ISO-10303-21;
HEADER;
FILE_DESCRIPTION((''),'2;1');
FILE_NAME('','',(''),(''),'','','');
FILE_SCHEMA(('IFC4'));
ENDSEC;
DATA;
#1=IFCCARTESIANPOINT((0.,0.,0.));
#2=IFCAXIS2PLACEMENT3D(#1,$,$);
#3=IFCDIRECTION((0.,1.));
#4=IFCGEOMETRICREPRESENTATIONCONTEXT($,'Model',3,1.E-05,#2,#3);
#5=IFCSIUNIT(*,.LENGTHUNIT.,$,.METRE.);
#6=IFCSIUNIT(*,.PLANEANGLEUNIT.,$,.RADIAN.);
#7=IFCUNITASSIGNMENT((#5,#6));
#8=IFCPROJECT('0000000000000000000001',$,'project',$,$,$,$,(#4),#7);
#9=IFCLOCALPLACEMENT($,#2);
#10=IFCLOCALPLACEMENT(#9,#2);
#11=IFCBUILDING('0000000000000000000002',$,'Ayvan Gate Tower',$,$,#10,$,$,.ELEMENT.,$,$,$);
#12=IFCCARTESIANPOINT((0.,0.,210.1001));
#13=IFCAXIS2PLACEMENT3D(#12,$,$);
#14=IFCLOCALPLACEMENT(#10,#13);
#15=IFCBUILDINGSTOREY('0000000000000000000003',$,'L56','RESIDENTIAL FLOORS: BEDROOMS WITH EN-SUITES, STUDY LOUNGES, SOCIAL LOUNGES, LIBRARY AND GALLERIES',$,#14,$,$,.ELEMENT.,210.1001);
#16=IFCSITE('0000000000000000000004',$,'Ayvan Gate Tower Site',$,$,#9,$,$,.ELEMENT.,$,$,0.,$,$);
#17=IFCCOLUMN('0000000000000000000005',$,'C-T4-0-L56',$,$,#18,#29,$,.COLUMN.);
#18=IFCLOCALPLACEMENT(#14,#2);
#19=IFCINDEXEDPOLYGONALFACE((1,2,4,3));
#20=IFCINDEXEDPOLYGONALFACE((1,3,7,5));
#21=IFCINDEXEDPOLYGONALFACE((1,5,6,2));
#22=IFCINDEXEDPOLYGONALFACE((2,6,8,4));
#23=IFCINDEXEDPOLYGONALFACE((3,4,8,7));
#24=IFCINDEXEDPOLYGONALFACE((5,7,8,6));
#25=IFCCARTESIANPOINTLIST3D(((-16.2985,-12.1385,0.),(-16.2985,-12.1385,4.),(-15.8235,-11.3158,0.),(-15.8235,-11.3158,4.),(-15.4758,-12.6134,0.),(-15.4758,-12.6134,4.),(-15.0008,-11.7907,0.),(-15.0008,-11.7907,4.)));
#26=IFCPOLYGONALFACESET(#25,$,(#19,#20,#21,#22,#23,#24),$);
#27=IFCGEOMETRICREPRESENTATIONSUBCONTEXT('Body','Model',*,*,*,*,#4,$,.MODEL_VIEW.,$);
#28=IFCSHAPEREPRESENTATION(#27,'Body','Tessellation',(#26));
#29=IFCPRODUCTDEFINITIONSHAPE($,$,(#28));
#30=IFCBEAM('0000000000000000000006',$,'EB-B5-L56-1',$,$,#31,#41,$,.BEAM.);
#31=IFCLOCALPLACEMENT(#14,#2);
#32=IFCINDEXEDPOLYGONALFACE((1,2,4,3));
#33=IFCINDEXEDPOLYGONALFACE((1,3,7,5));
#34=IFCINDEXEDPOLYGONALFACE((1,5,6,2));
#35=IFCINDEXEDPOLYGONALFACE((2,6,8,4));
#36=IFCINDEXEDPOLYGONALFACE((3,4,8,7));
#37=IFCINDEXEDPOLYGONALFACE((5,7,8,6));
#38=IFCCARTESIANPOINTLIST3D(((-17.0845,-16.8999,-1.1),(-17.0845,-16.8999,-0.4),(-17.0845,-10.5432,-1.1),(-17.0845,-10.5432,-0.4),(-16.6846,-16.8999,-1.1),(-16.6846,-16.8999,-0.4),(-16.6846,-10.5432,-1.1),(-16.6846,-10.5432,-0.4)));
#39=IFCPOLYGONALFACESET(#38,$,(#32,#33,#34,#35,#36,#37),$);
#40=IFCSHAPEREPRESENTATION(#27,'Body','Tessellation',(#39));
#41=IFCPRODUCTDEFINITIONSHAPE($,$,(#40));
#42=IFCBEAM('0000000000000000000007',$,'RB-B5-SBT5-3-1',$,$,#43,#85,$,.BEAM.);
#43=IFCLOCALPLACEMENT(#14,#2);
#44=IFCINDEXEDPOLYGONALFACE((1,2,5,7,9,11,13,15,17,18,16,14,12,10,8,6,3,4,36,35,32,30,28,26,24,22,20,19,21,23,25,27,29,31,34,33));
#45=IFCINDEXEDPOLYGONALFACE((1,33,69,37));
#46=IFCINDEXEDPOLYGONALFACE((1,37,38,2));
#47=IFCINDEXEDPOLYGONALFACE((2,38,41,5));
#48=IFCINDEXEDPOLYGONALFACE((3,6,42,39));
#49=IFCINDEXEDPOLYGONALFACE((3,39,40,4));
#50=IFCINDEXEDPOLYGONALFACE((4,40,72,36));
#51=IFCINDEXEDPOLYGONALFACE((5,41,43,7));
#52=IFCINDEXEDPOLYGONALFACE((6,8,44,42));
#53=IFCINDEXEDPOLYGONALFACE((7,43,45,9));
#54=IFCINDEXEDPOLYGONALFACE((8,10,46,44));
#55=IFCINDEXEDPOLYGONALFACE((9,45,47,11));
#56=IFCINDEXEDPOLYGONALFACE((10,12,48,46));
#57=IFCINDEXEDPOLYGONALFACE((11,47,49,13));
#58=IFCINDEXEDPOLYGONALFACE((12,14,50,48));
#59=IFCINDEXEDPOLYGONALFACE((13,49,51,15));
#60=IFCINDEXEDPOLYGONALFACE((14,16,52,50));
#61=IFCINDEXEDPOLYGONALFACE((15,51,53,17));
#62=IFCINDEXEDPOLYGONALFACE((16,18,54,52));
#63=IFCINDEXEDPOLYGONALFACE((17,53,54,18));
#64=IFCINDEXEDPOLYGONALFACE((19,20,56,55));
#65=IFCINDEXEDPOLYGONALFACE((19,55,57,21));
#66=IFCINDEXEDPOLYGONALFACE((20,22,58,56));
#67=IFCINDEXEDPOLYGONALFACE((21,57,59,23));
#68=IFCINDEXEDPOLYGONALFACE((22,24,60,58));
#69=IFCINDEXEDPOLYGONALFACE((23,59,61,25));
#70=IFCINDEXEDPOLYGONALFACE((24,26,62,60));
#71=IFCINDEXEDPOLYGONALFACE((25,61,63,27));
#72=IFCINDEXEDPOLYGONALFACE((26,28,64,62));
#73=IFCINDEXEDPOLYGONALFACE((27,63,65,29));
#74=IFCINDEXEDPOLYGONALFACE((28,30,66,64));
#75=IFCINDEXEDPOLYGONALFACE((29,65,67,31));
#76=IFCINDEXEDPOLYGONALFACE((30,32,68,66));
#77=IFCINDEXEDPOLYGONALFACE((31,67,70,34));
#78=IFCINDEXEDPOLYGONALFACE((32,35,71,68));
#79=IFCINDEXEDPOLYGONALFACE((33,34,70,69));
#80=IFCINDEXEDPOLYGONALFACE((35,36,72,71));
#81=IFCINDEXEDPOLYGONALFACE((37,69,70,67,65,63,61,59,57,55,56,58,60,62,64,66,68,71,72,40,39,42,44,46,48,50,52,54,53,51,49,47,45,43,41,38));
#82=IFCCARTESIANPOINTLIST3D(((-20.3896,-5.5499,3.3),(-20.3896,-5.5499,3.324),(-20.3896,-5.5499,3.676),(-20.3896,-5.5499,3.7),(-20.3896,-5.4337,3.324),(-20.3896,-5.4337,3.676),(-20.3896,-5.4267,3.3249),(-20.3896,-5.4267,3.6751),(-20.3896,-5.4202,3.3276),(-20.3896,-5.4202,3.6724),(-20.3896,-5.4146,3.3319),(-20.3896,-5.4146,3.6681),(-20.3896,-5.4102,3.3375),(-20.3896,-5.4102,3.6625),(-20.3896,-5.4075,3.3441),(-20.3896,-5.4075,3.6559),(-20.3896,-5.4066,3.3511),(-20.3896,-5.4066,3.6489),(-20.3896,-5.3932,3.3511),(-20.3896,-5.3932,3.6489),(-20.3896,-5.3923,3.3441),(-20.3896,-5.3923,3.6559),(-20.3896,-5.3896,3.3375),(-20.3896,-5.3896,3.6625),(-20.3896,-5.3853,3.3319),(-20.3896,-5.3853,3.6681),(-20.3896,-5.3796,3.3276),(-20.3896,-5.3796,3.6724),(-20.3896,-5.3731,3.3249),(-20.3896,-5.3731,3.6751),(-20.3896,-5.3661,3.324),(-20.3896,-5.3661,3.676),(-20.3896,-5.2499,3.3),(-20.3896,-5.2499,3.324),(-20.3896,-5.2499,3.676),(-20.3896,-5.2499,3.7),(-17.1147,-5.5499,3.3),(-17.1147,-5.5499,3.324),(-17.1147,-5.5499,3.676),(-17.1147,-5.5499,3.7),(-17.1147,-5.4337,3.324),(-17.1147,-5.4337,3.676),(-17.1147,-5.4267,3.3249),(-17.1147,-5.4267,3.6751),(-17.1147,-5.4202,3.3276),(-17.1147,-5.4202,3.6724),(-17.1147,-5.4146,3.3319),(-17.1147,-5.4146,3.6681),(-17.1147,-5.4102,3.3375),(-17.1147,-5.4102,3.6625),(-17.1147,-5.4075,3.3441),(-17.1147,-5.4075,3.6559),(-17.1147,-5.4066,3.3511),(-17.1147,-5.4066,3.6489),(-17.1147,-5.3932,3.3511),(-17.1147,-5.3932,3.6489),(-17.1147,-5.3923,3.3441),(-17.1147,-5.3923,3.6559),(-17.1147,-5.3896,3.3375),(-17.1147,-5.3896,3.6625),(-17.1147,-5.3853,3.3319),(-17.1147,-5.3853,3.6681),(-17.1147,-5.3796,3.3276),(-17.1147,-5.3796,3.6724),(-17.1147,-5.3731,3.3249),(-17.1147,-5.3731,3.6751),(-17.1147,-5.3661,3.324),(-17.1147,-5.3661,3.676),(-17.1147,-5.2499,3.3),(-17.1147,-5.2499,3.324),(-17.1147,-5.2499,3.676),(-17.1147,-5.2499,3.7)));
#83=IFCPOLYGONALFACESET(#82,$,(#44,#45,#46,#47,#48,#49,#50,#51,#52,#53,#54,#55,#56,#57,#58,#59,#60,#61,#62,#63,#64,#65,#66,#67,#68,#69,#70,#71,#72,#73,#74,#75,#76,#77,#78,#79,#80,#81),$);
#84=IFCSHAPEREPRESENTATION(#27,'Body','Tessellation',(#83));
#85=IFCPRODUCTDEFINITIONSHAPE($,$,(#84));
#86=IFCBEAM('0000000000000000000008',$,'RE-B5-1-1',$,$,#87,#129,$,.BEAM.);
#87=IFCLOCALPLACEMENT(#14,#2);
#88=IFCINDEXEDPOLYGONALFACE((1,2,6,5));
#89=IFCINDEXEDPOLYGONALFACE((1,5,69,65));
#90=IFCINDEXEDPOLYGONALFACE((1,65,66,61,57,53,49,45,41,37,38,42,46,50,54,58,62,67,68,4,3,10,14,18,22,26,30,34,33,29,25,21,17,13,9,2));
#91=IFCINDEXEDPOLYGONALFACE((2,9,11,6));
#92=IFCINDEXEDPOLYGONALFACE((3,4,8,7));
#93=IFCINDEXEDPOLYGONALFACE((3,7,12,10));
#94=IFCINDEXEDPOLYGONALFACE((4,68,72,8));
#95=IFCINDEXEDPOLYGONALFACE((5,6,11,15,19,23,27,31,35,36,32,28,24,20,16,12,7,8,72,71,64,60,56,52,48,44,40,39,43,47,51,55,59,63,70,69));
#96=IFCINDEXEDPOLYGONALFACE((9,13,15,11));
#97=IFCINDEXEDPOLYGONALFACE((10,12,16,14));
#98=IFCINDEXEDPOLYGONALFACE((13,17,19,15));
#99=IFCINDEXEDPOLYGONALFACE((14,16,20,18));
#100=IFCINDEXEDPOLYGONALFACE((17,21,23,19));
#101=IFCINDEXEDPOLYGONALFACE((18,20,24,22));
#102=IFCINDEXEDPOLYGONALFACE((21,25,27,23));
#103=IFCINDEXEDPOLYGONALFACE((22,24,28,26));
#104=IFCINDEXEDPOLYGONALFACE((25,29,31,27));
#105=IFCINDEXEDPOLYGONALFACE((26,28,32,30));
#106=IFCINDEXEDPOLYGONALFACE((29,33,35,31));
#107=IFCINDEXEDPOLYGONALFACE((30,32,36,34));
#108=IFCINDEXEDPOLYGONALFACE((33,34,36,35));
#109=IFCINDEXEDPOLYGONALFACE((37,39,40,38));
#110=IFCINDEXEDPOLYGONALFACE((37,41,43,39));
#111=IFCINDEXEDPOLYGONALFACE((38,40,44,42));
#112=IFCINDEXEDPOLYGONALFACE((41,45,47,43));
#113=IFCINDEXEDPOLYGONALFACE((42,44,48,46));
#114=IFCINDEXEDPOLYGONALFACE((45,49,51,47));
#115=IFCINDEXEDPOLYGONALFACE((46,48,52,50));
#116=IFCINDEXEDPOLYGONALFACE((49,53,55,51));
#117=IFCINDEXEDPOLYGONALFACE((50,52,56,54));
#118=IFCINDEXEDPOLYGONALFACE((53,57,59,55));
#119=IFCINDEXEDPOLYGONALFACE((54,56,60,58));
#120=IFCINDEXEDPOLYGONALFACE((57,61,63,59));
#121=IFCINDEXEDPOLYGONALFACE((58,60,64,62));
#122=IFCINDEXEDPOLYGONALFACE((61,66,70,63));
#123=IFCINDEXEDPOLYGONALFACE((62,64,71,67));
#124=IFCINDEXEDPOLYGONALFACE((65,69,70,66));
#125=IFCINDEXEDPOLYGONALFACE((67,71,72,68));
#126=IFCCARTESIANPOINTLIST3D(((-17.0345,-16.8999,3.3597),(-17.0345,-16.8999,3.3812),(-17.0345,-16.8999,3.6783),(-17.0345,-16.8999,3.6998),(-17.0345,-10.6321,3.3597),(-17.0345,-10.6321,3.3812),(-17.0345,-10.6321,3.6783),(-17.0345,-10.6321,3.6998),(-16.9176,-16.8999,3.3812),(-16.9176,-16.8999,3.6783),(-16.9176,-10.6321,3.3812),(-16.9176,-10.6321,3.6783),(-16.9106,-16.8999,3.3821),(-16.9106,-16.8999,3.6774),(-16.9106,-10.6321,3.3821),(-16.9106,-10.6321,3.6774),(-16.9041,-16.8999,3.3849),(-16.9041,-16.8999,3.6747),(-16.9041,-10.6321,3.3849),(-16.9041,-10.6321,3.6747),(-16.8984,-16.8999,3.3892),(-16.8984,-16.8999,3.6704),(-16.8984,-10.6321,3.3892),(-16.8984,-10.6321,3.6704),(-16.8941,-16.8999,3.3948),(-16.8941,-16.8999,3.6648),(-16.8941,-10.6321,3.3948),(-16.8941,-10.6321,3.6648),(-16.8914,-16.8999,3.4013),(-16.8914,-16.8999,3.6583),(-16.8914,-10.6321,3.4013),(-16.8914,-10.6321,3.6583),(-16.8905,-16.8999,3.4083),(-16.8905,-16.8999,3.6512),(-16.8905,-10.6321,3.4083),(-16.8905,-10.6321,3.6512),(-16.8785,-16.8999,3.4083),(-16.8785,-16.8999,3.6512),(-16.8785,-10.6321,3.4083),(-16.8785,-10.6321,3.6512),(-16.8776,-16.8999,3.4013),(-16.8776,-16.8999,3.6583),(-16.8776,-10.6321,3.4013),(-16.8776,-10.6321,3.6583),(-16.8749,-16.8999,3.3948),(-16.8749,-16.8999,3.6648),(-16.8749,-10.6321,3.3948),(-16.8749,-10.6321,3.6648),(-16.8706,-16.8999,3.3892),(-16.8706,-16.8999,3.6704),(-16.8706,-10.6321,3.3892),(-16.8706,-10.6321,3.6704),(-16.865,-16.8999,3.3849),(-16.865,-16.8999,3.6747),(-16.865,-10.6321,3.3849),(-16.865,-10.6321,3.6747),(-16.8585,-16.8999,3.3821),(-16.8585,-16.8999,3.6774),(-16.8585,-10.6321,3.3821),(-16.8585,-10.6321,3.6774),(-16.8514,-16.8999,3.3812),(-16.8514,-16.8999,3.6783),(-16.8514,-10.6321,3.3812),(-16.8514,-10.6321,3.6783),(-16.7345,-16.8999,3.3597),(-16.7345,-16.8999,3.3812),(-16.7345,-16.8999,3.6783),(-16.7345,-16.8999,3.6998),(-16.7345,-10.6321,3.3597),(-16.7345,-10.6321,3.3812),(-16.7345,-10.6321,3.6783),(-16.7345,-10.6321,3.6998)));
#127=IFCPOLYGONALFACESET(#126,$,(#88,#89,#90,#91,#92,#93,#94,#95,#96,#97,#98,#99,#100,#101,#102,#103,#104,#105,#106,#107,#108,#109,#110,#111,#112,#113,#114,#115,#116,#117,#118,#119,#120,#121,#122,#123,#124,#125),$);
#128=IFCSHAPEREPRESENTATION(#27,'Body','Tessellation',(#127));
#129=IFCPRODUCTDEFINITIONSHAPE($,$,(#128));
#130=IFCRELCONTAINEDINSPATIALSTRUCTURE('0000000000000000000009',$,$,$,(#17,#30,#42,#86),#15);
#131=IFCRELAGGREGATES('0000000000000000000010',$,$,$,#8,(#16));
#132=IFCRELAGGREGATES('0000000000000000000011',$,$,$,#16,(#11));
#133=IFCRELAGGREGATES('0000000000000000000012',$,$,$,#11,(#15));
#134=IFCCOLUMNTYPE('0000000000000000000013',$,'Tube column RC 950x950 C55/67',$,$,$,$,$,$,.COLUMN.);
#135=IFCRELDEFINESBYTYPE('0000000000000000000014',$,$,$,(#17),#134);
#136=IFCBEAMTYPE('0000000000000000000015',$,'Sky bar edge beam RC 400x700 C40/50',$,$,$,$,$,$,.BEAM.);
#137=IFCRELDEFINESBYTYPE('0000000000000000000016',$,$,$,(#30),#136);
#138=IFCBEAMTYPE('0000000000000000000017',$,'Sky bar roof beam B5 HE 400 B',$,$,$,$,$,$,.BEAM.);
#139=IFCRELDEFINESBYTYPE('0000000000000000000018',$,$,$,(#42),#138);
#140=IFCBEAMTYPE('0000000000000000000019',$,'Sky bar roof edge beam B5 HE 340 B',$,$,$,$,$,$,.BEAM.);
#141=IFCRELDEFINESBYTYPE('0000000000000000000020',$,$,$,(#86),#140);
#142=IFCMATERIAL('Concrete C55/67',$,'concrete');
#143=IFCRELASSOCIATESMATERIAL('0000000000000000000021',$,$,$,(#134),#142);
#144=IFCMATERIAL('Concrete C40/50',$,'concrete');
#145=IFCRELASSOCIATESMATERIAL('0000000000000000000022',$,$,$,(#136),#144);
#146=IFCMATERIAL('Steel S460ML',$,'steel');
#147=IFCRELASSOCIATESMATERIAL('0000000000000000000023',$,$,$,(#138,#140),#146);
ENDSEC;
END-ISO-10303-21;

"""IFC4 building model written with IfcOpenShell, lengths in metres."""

from ifc_helpers import new_model, si_unit, direction, frame, origin, origin_2d, place, context, subcontext, project, spatial, rectangle, i_section, extrude, material, material_profile, profile_set, type_object, element, save


model = new_model("IFC4")

# Units and contexts
model_context = context("Model", 3, precision=1e-05, world=origin(), true_north=direction((0.0, 1.0)))
body_context = subcontext(model_context, "Body", "Model", "MODEL_VIEW")
ifc_project = project(units=[si_unit("LENGTHUNIT", "METRE"), si_unit("PLANEANGLEUNIT", "RADIAN")], contexts=[model_context])

# Site, building, storey
site_placement = place(None, origin())
site = spatial("IfcSite", under=ifc_project, at=site_placement, Name="Ayvan Gate Tower Site", CompositionType="ELEMENT", RefElevation=0.0)
building_placement = place(site_placement, origin())
building = spatial("IfcBuilding", under=site, at=building_placement, Name="Ayvan Gate Tower", CompositionType="ELEMENT")
storey_placement = place(building_placement, frame((0.0, 0.0, 210.1001)))
storey = spatial("IfcBuildingStorey", under=building, at=storey_placement, Name="L56", Description="RESIDENTIAL FLOORS: BEDROOMS WITH EN-SUITES, STUDY LOUNGES, SOCIAL LOUNGES, LIBRARY AND GALLERIES", CompositionType="ELEMENT", Elevation=210.1001)

# Column
ifc_material_1 = material(Name="Concrete C55/67", Category="concrete")
ifc_material_profile_1 = material_profile(ifc_material_1, rectangle(XDim=0.95, YDim=0.95, at=origin_2d()), Name="RC 950x950")
ifc_profile_set_1 = profile_set([ifc_material_profile_1], Name="Concrete C55/67")
column_type = type_object("IfcColumnType", Name="Tube column RC 950x950 C55/67", PredefinedType="COLUMN", material=ifc_profile_set_1)
column_placement = place(storey_placement, frame((-15.6497, -11.9646, 0.0), z_axis=(0.0, 0.0, 1.0), x_axis=(-0.5, -0.866025, 0.0)))
element("IfcColumn", 1, at=column_placement, inside=storey, type_object=column_type, Name="C-T4-0-L56", PredefinedType="COLUMN", context=body_context, shape_type="SweptSolid", body=[
    extrude(rectangle(XDim=0.95, YDim=0.95, at=origin_2d()), origin(), (0.0, 0.0, 1.0), 4.0),
])

# Beams
ifc_material_2 = material(Name="Concrete C40/50", Category="concrete")
ifc_material_profile_2 = material_profile(ifc_material_2, rectangle(XDim=0.3999, YDim=0.7, at=origin_2d()), Name="RC 400x700")
ifc_profile_set_2 = profile_set([ifc_material_profile_2], Name="Concrete C40/50")
beam_type_1 = type_object("IfcBeamType", Name="Sky bar edge beam RC 400x700 C40/50", PredefinedType="BEAM", material=ifc_profile_set_2)
beam_1_placement = place(storey_placement, frame((-16.8845, -10.5432, -0.75), z_axis=(0.0, -1.0, 0.0), x_axis=(1.0, 0.0, 0.0)))
element("IfcBeam", 2, at=beam_1_placement, inside=storey, type_object=beam_type_1, Name="EB-B5-L56-1", PredefinedType="BEAM", context=body_context, shape_type="SweptSolid", body=[
    extrude(rectangle(XDim=0.3999, YDim=0.7, at=origin_2d()), origin(), (0.0, 0.0, 1.0), 6.3567),
])
ifc_material_3 = material(Name="Steel S460ML", Category="steel")
ifc_material_profile_3 = material_profile(ifc_material_3, i_section(OverallWidth=0.3, OverallDepth=0.3999, WebThickness=0.0134, FlangeThickness=0.0239, FilletRadius=0.0271, at=origin_2d()), Name="HE 400 B")
ifc_profile_set_3 = profile_set([ifc_material_profile_3], Name="Steel S460ML")
beam_type_2 = type_object("IfcBeamType", Name="Sky bar roof beam B5 HE 400 B", PredefinedType="BEAM", material=ifc_profile_set_3)
beam_2_placement = place(storey_placement, frame((-17.1147, -5.3999, 3.5), z_axis=(-1.0, 0.0, 0.0), x_axis=(0.0, -1.0, 0.0)))
element("IfcBeam", 3, at=beam_2_placement, inside=storey, type_object=beam_type_2, Name="RB-B5-SBT5-3-1", PredefinedType="BEAM", context=body_context, shape_type="SweptSolid", body=[
    extrude(i_section(OverallWidth=0.3, OverallDepth=0.3999, WebThickness=0.0134, FlangeThickness=0.0239, FilletRadius=0.0271, at=origin_2d()), origin(), (0.0, 0.0, 1.0), 3.2749),
])
ifc_material_profile_4 = material_profile(ifc_material_3, i_section(OverallWidth=0.3, OverallDepth=0.3401, WebThickness=0.012, FlangeThickness=0.0215, FilletRadius=0.0271, at=origin_2d()), Name="HE 340 B")
ifc_profile_set_4 = profile_set([ifc_material_profile_4], Name="Steel S460ML")
beam_type_3 = type_object("IfcBeamType", Name="Sky bar roof edge beam B5 HE 340 B", PredefinedType="BEAM", material=ifc_profile_set_4)
beam_3_placement = place(storey_placement, frame((-16.8845, -10.6321, 3.5298), z_axis=(0.0, -1.0, 0.0), x_axis=(1.0, 0.0, 0.0)))
element("IfcBeam", 4, at=beam_3_placement, inside=storey, type_object=beam_type_3, Name="RE-B5-1-1", PredefinedType="BEAM", context=body_context, shape_type="SweptSolid", body=[
    extrude(i_section(OverallWidth=0.3, OverallDepth=0.3401, WebThickness=0.012, FlangeThickness=0.0215, FilletRadius=0.0271, at=origin_2d()), origin(), (0.0, 0.0, 1.0), 6.2678),
])

save(model, "model.ifc")
